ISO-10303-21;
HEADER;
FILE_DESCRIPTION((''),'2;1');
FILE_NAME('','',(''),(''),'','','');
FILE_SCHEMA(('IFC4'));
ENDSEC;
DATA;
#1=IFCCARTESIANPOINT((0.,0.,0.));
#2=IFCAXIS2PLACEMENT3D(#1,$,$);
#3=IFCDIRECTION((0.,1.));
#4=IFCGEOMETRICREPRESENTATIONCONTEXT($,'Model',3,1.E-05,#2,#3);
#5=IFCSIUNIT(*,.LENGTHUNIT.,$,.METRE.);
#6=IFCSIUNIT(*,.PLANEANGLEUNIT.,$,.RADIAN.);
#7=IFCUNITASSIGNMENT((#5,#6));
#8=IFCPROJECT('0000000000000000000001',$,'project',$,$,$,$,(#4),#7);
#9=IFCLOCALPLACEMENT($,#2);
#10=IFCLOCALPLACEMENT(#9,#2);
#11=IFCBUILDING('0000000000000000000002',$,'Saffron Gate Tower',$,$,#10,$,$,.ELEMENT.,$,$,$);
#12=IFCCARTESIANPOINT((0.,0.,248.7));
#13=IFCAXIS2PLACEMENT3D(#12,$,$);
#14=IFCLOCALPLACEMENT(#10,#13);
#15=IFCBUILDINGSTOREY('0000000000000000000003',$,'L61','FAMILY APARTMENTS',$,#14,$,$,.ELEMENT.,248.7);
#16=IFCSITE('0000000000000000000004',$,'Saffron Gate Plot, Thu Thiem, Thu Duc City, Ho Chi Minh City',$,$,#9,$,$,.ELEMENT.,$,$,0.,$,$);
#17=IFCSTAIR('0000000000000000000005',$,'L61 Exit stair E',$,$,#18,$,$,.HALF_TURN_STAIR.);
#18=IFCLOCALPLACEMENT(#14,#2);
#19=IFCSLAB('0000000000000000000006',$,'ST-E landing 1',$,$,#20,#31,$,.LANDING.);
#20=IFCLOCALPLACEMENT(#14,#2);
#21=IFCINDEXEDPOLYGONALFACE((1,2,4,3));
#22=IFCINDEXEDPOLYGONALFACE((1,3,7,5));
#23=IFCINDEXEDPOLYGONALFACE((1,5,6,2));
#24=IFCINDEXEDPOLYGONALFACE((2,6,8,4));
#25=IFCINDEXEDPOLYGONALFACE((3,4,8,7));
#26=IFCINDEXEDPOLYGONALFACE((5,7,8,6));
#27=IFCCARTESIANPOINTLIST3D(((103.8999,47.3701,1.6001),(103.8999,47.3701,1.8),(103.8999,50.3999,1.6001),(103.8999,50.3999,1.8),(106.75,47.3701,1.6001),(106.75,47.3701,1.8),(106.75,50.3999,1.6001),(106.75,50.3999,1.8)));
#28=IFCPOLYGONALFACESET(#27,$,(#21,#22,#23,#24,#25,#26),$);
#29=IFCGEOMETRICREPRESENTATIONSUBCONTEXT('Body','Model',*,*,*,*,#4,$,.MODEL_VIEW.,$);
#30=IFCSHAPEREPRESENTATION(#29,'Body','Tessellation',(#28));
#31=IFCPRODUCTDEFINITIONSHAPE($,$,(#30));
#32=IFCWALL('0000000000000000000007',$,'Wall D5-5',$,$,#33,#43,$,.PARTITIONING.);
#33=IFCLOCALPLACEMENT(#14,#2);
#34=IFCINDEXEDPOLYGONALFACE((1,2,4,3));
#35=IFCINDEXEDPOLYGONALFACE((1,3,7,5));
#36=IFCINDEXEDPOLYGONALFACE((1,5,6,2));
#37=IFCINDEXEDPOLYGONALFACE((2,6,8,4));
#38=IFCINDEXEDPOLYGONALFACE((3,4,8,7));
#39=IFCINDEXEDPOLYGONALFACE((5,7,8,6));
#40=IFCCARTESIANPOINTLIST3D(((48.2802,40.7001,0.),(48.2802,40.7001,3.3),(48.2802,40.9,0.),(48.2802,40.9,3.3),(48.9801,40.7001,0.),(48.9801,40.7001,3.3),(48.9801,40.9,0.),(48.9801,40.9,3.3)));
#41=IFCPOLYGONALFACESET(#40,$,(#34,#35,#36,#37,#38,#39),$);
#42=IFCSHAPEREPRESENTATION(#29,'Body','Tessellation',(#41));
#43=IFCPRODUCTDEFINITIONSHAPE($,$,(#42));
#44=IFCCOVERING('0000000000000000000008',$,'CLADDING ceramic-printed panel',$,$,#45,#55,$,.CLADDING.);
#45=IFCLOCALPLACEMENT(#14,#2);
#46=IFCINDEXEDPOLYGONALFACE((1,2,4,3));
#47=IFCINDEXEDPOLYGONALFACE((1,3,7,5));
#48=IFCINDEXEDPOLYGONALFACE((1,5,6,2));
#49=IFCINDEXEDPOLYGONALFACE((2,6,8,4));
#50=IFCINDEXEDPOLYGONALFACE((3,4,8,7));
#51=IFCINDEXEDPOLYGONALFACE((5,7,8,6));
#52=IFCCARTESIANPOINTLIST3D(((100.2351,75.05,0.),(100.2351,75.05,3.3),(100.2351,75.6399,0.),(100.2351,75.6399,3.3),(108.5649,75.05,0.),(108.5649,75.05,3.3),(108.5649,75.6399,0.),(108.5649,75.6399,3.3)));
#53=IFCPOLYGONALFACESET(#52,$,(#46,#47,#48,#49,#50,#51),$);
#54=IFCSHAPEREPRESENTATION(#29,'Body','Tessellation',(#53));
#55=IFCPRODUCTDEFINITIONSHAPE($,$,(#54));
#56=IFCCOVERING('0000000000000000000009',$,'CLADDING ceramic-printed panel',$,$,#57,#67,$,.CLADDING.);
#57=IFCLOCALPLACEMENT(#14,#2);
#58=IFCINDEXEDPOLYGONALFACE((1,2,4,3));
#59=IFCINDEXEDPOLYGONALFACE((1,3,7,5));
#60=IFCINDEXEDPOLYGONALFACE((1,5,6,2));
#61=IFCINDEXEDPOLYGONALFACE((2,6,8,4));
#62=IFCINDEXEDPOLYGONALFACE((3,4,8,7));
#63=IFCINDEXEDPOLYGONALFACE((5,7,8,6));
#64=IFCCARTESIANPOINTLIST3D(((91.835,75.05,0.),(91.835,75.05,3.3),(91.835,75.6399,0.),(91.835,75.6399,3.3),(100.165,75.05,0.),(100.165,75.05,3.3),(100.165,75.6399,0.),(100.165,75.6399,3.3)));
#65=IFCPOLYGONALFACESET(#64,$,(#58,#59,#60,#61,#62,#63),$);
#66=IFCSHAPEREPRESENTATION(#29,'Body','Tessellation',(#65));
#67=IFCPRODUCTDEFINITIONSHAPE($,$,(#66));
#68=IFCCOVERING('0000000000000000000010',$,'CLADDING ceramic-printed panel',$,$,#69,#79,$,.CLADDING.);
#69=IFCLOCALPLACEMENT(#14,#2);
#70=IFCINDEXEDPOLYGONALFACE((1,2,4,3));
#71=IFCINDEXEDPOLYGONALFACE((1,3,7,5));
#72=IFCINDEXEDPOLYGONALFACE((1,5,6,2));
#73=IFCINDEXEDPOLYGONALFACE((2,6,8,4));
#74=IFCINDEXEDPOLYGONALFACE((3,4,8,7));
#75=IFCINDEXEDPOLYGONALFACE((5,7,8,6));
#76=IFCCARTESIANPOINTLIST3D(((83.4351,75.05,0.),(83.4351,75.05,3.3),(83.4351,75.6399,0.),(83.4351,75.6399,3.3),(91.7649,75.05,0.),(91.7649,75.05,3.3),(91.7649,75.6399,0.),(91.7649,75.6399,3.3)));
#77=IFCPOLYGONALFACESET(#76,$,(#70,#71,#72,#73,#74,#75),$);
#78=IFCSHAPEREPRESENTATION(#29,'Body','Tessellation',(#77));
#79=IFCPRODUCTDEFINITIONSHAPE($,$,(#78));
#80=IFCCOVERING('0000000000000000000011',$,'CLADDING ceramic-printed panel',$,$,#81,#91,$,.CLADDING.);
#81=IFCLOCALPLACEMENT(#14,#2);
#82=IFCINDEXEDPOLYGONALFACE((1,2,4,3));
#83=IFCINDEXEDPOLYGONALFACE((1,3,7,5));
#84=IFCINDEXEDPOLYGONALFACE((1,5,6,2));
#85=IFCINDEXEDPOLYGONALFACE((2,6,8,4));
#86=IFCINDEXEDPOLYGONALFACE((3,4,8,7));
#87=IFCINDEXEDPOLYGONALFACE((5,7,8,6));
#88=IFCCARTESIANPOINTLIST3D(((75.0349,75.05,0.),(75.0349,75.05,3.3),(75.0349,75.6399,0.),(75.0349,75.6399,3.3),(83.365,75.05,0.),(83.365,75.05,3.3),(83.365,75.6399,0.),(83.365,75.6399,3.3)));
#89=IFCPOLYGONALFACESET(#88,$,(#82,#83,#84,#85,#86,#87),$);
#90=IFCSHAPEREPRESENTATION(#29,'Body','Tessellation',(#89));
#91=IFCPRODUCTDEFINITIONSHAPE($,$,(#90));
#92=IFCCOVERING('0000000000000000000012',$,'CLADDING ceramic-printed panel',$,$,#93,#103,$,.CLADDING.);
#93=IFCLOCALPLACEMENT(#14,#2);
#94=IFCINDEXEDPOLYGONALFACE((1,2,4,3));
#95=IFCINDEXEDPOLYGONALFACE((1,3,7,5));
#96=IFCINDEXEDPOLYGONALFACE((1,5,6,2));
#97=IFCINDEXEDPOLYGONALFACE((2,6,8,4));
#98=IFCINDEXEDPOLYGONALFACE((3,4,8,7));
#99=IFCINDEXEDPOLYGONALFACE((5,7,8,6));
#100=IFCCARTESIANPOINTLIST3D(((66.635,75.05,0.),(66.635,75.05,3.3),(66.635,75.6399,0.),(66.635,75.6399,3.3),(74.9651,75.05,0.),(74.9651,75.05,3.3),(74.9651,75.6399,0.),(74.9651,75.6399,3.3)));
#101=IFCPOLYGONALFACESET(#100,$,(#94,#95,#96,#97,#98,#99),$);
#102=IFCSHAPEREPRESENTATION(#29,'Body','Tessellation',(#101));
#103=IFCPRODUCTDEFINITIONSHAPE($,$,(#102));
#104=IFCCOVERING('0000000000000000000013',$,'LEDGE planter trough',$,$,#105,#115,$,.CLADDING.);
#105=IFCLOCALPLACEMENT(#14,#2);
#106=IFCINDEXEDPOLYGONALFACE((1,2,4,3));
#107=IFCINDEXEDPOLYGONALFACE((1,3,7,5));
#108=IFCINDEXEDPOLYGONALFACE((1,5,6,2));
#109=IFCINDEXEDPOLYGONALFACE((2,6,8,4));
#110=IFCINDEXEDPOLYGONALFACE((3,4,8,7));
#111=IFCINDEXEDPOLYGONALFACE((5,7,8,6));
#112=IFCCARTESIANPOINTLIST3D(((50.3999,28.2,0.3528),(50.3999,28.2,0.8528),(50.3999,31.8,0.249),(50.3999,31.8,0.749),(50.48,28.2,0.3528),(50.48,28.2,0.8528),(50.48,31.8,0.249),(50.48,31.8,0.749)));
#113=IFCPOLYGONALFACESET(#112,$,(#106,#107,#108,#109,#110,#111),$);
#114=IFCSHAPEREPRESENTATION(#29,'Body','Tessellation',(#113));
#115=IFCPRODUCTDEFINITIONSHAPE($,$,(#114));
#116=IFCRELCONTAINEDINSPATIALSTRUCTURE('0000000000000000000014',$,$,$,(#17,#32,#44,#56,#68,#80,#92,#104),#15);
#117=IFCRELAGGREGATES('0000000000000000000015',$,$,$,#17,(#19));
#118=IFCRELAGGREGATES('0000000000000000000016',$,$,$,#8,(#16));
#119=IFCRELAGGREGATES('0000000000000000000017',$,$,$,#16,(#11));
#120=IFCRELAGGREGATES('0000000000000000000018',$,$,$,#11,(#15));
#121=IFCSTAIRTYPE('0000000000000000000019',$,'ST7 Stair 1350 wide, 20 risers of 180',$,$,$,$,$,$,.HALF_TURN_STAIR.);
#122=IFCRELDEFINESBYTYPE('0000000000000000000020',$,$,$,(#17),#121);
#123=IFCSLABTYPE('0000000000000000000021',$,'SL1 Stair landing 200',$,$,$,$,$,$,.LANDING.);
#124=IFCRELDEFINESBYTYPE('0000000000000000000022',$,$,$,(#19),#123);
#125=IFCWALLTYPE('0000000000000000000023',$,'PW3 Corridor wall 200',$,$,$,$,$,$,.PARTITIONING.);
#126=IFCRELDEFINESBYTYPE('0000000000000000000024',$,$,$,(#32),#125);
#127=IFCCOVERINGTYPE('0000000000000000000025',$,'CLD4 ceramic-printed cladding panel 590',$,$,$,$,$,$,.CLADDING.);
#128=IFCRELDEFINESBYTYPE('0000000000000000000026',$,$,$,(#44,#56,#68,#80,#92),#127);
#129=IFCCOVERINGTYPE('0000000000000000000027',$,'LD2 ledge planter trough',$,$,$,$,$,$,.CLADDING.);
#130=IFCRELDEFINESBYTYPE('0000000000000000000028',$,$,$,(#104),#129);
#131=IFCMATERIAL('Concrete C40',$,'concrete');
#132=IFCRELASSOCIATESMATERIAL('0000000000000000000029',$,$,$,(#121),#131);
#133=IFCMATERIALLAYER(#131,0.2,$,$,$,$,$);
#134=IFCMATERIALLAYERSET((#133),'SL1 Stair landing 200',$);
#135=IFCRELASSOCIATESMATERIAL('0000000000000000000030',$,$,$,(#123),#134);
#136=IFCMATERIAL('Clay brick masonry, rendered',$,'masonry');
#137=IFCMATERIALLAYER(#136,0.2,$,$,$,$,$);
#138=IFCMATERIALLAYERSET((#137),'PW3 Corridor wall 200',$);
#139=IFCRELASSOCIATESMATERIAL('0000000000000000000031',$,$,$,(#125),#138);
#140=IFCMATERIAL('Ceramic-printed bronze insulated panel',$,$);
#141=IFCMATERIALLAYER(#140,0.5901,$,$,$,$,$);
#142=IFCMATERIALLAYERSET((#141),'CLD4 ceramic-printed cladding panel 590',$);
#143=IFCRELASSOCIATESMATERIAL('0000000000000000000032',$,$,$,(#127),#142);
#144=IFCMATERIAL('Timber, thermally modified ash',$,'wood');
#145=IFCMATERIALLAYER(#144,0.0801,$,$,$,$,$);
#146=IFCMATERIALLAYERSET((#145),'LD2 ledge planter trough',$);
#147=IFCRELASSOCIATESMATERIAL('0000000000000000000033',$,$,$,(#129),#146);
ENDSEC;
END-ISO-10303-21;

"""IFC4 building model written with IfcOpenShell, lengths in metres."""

from ifc_helpers import new_model, si_unit, direction, frame, frame_2d, origin, place, context, subcontext, project, spatial, polyline, rectangle, outline, extrude, material, layer, layer_set, type_object, element, aggregate, save


model = new_model("IFC4")

# Units and contexts
model_context = context("Model", 3, precision=1e-05, world=origin(), true_north=direction((0.0, 1.0)))
body_context = subcontext(model_context, "Body", "Model", "MODEL_VIEW")
ifc_project = project(units=[si_unit("LENGTHUNIT", "METRE"), si_unit("PLANEANGLEUNIT", "RADIAN")], contexts=[model_context])

# Site, building, storey
site_placement = place(None, origin())
site = spatial("IfcSite", under=ifc_project, at=site_placement, Name="Saffron Gate Plot, Thu Thiem, Thu Duc City, Ho Chi Minh City", CompositionType="ELEMENT", RefElevation=0.0)
building_placement = place(site_placement, origin())
building = spatial("IfcBuilding", under=site, at=building_placement, Name="Saffron Gate Tower", CompositionType="ELEMENT")
storey_placement = place(building_placement, frame((0.0, 0.0, 248.7)))
storey = spatial("IfcBuildingStorey", under=building, at=storey_placement, Name="L61", Description="FAMILY APARTMENTS", CompositionType="ELEMENT", Elevation=248.7)

# Shared definitions
ifc_material_1 = material(Name="Concrete C40", Category="concrete")

# Stair, slab
stair_type = type_object("IfcStairType", Name="ST7 Stair 1350 wide, 20 risers of 180", PredefinedType="HALF_TURN_STAIR", material=ifc_material_1)
ifc_layer_1 = layer(ifc_material_1, 0.2)
ifc_layer_set_1 = layer_set([ifc_layer_1], Name="SL1 Stair landing 200")
slab_type_1 = type_object("IfcSlabType", Name="SL1 Stair landing 200", PredefinedType="LANDING", material=ifc_layer_set_1)
stair_1_placement = place(storey_placement, origin())
stair_1 = element("IfcStair", 1, at=stair_1_placement, inside=storey, type_object=stair_type, Name="L61 Exit stair E", PredefinedType="HALF_TURN_STAIR")
slab_1_placement = place(storey_placement, frame((0.0, 0.0, 1.6001)))
slab_1 = element("IfcSlab", 2, at=slab_1_placement, type_object=slab_type_1, Name="ST-E landing 1", PredefinedType="LANDING", context=body_context, shape_type="SweptSolid", body=[
    extrude(outline(polyline([(106.75, 47.3701), (106.75, 50.3999), (103.8999, 50.3999), (103.8999, 47.3701), (106.75, 47.3701)])), origin(), (0.0, 0.0, 1.0), 0.2),
])
aggregate(stair_1, [slab_1])

# Wall
ifc_material_2 = material(Name="Clay brick masonry, rendered", Category="masonry")
ifc_layer_2 = layer(ifc_material_2, 0.2)
ifc_layer_set_2 = layer_set([ifc_layer_2], Name="PW3 Corridor wall 200")
wall_type = type_object("IfcWallType", Name="PW3 Corridor wall 200", PredefinedType="PARTITIONING", material=ifc_layer_set_2)
wall_placement = place(storey_placement, frame((48.28, 40.8, 0.0), z_axis=(0.0, 0.0, 1.0), x_axis=(1.0, 0.0, 0.0)))
element("IfcWall", 3, at=wall_placement, inside=storey, type_object=wall_type, Name="Wall D5-5", PredefinedType="PARTITIONING", context=body_context, shape_type="SweptSolid", body=[
    extrude(rectangle(XDim=0.7, YDim=0.2, at=frame_2d((0.3501, 0.0))), origin(), (0.0, 0.0, 1.0), 3.3),
])

# Coverings
ifc_material_3 = material(Name="Ceramic-printed bronze insulated panel")
ifc_layer_3 = layer(ifc_material_3, 0.5901)
ifc_layer_set_3 = layer_set([ifc_layer_3], Name="CLD4 ceramic-printed cladding panel 590")
covering_type_1 = type_object("IfcCoveringType", Name="CLD4 ceramic-printed cladding panel 590", PredefinedType="CLADDING", material=ifc_layer_set_3)
covering_1_placement = place(storey_placement, origin())
element("IfcCovering", 4, at=covering_1_placement, inside=storey, type_object=covering_type_1, Name="CLADDING ceramic-printed panel", PredefinedType="CLADDING", context=body_context, shape_type="SweptSolid", body=[
    extrude(outline(polyline([(108.5649, 75.6399), (100.2351, 75.6399), (100.2351, 75.05), (108.5649, 75.05), (108.5649, 75.6399)])), origin(), (0.0, 0.0, 1.0), 3.3),
])
covering_2_placement = place(storey_placement, origin())
element("IfcCovering", 5, at=covering_2_placement, inside=storey, type_object=covering_type_1, Name="CLADDING ceramic-printed panel", PredefinedType="CLADDING", context=body_context, shape_type="SweptSolid", body=[
    extrude(outline(polyline([(100.165, 75.6399), (91.835, 75.6399), (91.835, 75.05), (100.165, 75.05), (100.165, 75.6399)])), origin(), (0.0, 0.0, 1.0), 3.3),
])
covering_3_placement = place(storey_placement, origin())
element("IfcCovering", 6, at=covering_3_placement, inside=storey, type_object=covering_type_1, Name="CLADDING ceramic-printed panel", PredefinedType="CLADDING", context=body_context, shape_type="SweptSolid", body=[
    extrude(outline(polyline([(91.7649, 75.6399), (83.4351, 75.6399), (83.4351, 75.05), (91.7649, 75.05), (91.7649, 75.6399)])), origin(), (0.0, 0.0, 1.0), 3.3),
])
covering_4_placement = place(storey_placement, origin())
element("IfcCovering", 7, at=covering_4_placement, inside=storey, type_object=covering_type_1, Name="CLADDING ceramic-printed panel", PredefinedType="CLADDING", context=body_context, shape_type="SweptSolid", body=[
    extrude(outline(polyline([(83.365, 75.6399), (75.0349, 75.6399), (75.0349, 75.05), (83.365, 75.05), (83.365, 75.6399)])), origin(), (0.0, 0.0, 1.0), 3.3),
])
covering_5_placement = place(storey_placement, origin())
element("IfcCovering", 8, at=covering_5_placement, inside=storey, type_object=covering_type_1, Name="CLADDING ceramic-printed panel", PredefinedType="CLADDING", context=body_context, shape_type="SweptSolid", body=[
    extrude(outline(polyline([(74.9651, 75.6399), (66.635, 75.6399), (66.635, 75.05), (74.9651, 75.05), (74.9651, 75.6399)])), origin(), (0.0, 0.0, 1.0), 3.3),
])
ifc_material_4 = material(Name="Timber, thermally modified ash", Category="wood")
ifc_layer_4 = layer(ifc_material_4, 0.0801)
ifc_layer_set_4 = layer_set([ifc_layer_4], Name="LD2 ledge planter trough")
covering_type_2 = type_object("IfcCoveringType", Name="LD2 ledge planter trough", PredefinedType="CLADDING", material=ifc_layer_set_4)
covering_6_placement = place(storey_placement, frame((50.3999, 31.8, 0.249), z_axis=(-1.0, 0.0, 0.0), x_axis=(0.0, -0.999585, 0.028809)))
element("IfcCovering", 9, at=covering_6_placement, inside=storey, type_object=covering_type_2, Name="LEDGE planter trough", PredefinedType="CLADDING", context=body_context, shape_type="SweptSolid", body=[
    extrude(outline(polyline([(0.0, 0.0), (3.6016, 0.0), (3.616, 0.4998), (0.0144, 0.4998), (0.0, 0.0)])), origin(), (0.0, 0.0, -1.0), 0.0801),
])

save(model, "model.ifc")
